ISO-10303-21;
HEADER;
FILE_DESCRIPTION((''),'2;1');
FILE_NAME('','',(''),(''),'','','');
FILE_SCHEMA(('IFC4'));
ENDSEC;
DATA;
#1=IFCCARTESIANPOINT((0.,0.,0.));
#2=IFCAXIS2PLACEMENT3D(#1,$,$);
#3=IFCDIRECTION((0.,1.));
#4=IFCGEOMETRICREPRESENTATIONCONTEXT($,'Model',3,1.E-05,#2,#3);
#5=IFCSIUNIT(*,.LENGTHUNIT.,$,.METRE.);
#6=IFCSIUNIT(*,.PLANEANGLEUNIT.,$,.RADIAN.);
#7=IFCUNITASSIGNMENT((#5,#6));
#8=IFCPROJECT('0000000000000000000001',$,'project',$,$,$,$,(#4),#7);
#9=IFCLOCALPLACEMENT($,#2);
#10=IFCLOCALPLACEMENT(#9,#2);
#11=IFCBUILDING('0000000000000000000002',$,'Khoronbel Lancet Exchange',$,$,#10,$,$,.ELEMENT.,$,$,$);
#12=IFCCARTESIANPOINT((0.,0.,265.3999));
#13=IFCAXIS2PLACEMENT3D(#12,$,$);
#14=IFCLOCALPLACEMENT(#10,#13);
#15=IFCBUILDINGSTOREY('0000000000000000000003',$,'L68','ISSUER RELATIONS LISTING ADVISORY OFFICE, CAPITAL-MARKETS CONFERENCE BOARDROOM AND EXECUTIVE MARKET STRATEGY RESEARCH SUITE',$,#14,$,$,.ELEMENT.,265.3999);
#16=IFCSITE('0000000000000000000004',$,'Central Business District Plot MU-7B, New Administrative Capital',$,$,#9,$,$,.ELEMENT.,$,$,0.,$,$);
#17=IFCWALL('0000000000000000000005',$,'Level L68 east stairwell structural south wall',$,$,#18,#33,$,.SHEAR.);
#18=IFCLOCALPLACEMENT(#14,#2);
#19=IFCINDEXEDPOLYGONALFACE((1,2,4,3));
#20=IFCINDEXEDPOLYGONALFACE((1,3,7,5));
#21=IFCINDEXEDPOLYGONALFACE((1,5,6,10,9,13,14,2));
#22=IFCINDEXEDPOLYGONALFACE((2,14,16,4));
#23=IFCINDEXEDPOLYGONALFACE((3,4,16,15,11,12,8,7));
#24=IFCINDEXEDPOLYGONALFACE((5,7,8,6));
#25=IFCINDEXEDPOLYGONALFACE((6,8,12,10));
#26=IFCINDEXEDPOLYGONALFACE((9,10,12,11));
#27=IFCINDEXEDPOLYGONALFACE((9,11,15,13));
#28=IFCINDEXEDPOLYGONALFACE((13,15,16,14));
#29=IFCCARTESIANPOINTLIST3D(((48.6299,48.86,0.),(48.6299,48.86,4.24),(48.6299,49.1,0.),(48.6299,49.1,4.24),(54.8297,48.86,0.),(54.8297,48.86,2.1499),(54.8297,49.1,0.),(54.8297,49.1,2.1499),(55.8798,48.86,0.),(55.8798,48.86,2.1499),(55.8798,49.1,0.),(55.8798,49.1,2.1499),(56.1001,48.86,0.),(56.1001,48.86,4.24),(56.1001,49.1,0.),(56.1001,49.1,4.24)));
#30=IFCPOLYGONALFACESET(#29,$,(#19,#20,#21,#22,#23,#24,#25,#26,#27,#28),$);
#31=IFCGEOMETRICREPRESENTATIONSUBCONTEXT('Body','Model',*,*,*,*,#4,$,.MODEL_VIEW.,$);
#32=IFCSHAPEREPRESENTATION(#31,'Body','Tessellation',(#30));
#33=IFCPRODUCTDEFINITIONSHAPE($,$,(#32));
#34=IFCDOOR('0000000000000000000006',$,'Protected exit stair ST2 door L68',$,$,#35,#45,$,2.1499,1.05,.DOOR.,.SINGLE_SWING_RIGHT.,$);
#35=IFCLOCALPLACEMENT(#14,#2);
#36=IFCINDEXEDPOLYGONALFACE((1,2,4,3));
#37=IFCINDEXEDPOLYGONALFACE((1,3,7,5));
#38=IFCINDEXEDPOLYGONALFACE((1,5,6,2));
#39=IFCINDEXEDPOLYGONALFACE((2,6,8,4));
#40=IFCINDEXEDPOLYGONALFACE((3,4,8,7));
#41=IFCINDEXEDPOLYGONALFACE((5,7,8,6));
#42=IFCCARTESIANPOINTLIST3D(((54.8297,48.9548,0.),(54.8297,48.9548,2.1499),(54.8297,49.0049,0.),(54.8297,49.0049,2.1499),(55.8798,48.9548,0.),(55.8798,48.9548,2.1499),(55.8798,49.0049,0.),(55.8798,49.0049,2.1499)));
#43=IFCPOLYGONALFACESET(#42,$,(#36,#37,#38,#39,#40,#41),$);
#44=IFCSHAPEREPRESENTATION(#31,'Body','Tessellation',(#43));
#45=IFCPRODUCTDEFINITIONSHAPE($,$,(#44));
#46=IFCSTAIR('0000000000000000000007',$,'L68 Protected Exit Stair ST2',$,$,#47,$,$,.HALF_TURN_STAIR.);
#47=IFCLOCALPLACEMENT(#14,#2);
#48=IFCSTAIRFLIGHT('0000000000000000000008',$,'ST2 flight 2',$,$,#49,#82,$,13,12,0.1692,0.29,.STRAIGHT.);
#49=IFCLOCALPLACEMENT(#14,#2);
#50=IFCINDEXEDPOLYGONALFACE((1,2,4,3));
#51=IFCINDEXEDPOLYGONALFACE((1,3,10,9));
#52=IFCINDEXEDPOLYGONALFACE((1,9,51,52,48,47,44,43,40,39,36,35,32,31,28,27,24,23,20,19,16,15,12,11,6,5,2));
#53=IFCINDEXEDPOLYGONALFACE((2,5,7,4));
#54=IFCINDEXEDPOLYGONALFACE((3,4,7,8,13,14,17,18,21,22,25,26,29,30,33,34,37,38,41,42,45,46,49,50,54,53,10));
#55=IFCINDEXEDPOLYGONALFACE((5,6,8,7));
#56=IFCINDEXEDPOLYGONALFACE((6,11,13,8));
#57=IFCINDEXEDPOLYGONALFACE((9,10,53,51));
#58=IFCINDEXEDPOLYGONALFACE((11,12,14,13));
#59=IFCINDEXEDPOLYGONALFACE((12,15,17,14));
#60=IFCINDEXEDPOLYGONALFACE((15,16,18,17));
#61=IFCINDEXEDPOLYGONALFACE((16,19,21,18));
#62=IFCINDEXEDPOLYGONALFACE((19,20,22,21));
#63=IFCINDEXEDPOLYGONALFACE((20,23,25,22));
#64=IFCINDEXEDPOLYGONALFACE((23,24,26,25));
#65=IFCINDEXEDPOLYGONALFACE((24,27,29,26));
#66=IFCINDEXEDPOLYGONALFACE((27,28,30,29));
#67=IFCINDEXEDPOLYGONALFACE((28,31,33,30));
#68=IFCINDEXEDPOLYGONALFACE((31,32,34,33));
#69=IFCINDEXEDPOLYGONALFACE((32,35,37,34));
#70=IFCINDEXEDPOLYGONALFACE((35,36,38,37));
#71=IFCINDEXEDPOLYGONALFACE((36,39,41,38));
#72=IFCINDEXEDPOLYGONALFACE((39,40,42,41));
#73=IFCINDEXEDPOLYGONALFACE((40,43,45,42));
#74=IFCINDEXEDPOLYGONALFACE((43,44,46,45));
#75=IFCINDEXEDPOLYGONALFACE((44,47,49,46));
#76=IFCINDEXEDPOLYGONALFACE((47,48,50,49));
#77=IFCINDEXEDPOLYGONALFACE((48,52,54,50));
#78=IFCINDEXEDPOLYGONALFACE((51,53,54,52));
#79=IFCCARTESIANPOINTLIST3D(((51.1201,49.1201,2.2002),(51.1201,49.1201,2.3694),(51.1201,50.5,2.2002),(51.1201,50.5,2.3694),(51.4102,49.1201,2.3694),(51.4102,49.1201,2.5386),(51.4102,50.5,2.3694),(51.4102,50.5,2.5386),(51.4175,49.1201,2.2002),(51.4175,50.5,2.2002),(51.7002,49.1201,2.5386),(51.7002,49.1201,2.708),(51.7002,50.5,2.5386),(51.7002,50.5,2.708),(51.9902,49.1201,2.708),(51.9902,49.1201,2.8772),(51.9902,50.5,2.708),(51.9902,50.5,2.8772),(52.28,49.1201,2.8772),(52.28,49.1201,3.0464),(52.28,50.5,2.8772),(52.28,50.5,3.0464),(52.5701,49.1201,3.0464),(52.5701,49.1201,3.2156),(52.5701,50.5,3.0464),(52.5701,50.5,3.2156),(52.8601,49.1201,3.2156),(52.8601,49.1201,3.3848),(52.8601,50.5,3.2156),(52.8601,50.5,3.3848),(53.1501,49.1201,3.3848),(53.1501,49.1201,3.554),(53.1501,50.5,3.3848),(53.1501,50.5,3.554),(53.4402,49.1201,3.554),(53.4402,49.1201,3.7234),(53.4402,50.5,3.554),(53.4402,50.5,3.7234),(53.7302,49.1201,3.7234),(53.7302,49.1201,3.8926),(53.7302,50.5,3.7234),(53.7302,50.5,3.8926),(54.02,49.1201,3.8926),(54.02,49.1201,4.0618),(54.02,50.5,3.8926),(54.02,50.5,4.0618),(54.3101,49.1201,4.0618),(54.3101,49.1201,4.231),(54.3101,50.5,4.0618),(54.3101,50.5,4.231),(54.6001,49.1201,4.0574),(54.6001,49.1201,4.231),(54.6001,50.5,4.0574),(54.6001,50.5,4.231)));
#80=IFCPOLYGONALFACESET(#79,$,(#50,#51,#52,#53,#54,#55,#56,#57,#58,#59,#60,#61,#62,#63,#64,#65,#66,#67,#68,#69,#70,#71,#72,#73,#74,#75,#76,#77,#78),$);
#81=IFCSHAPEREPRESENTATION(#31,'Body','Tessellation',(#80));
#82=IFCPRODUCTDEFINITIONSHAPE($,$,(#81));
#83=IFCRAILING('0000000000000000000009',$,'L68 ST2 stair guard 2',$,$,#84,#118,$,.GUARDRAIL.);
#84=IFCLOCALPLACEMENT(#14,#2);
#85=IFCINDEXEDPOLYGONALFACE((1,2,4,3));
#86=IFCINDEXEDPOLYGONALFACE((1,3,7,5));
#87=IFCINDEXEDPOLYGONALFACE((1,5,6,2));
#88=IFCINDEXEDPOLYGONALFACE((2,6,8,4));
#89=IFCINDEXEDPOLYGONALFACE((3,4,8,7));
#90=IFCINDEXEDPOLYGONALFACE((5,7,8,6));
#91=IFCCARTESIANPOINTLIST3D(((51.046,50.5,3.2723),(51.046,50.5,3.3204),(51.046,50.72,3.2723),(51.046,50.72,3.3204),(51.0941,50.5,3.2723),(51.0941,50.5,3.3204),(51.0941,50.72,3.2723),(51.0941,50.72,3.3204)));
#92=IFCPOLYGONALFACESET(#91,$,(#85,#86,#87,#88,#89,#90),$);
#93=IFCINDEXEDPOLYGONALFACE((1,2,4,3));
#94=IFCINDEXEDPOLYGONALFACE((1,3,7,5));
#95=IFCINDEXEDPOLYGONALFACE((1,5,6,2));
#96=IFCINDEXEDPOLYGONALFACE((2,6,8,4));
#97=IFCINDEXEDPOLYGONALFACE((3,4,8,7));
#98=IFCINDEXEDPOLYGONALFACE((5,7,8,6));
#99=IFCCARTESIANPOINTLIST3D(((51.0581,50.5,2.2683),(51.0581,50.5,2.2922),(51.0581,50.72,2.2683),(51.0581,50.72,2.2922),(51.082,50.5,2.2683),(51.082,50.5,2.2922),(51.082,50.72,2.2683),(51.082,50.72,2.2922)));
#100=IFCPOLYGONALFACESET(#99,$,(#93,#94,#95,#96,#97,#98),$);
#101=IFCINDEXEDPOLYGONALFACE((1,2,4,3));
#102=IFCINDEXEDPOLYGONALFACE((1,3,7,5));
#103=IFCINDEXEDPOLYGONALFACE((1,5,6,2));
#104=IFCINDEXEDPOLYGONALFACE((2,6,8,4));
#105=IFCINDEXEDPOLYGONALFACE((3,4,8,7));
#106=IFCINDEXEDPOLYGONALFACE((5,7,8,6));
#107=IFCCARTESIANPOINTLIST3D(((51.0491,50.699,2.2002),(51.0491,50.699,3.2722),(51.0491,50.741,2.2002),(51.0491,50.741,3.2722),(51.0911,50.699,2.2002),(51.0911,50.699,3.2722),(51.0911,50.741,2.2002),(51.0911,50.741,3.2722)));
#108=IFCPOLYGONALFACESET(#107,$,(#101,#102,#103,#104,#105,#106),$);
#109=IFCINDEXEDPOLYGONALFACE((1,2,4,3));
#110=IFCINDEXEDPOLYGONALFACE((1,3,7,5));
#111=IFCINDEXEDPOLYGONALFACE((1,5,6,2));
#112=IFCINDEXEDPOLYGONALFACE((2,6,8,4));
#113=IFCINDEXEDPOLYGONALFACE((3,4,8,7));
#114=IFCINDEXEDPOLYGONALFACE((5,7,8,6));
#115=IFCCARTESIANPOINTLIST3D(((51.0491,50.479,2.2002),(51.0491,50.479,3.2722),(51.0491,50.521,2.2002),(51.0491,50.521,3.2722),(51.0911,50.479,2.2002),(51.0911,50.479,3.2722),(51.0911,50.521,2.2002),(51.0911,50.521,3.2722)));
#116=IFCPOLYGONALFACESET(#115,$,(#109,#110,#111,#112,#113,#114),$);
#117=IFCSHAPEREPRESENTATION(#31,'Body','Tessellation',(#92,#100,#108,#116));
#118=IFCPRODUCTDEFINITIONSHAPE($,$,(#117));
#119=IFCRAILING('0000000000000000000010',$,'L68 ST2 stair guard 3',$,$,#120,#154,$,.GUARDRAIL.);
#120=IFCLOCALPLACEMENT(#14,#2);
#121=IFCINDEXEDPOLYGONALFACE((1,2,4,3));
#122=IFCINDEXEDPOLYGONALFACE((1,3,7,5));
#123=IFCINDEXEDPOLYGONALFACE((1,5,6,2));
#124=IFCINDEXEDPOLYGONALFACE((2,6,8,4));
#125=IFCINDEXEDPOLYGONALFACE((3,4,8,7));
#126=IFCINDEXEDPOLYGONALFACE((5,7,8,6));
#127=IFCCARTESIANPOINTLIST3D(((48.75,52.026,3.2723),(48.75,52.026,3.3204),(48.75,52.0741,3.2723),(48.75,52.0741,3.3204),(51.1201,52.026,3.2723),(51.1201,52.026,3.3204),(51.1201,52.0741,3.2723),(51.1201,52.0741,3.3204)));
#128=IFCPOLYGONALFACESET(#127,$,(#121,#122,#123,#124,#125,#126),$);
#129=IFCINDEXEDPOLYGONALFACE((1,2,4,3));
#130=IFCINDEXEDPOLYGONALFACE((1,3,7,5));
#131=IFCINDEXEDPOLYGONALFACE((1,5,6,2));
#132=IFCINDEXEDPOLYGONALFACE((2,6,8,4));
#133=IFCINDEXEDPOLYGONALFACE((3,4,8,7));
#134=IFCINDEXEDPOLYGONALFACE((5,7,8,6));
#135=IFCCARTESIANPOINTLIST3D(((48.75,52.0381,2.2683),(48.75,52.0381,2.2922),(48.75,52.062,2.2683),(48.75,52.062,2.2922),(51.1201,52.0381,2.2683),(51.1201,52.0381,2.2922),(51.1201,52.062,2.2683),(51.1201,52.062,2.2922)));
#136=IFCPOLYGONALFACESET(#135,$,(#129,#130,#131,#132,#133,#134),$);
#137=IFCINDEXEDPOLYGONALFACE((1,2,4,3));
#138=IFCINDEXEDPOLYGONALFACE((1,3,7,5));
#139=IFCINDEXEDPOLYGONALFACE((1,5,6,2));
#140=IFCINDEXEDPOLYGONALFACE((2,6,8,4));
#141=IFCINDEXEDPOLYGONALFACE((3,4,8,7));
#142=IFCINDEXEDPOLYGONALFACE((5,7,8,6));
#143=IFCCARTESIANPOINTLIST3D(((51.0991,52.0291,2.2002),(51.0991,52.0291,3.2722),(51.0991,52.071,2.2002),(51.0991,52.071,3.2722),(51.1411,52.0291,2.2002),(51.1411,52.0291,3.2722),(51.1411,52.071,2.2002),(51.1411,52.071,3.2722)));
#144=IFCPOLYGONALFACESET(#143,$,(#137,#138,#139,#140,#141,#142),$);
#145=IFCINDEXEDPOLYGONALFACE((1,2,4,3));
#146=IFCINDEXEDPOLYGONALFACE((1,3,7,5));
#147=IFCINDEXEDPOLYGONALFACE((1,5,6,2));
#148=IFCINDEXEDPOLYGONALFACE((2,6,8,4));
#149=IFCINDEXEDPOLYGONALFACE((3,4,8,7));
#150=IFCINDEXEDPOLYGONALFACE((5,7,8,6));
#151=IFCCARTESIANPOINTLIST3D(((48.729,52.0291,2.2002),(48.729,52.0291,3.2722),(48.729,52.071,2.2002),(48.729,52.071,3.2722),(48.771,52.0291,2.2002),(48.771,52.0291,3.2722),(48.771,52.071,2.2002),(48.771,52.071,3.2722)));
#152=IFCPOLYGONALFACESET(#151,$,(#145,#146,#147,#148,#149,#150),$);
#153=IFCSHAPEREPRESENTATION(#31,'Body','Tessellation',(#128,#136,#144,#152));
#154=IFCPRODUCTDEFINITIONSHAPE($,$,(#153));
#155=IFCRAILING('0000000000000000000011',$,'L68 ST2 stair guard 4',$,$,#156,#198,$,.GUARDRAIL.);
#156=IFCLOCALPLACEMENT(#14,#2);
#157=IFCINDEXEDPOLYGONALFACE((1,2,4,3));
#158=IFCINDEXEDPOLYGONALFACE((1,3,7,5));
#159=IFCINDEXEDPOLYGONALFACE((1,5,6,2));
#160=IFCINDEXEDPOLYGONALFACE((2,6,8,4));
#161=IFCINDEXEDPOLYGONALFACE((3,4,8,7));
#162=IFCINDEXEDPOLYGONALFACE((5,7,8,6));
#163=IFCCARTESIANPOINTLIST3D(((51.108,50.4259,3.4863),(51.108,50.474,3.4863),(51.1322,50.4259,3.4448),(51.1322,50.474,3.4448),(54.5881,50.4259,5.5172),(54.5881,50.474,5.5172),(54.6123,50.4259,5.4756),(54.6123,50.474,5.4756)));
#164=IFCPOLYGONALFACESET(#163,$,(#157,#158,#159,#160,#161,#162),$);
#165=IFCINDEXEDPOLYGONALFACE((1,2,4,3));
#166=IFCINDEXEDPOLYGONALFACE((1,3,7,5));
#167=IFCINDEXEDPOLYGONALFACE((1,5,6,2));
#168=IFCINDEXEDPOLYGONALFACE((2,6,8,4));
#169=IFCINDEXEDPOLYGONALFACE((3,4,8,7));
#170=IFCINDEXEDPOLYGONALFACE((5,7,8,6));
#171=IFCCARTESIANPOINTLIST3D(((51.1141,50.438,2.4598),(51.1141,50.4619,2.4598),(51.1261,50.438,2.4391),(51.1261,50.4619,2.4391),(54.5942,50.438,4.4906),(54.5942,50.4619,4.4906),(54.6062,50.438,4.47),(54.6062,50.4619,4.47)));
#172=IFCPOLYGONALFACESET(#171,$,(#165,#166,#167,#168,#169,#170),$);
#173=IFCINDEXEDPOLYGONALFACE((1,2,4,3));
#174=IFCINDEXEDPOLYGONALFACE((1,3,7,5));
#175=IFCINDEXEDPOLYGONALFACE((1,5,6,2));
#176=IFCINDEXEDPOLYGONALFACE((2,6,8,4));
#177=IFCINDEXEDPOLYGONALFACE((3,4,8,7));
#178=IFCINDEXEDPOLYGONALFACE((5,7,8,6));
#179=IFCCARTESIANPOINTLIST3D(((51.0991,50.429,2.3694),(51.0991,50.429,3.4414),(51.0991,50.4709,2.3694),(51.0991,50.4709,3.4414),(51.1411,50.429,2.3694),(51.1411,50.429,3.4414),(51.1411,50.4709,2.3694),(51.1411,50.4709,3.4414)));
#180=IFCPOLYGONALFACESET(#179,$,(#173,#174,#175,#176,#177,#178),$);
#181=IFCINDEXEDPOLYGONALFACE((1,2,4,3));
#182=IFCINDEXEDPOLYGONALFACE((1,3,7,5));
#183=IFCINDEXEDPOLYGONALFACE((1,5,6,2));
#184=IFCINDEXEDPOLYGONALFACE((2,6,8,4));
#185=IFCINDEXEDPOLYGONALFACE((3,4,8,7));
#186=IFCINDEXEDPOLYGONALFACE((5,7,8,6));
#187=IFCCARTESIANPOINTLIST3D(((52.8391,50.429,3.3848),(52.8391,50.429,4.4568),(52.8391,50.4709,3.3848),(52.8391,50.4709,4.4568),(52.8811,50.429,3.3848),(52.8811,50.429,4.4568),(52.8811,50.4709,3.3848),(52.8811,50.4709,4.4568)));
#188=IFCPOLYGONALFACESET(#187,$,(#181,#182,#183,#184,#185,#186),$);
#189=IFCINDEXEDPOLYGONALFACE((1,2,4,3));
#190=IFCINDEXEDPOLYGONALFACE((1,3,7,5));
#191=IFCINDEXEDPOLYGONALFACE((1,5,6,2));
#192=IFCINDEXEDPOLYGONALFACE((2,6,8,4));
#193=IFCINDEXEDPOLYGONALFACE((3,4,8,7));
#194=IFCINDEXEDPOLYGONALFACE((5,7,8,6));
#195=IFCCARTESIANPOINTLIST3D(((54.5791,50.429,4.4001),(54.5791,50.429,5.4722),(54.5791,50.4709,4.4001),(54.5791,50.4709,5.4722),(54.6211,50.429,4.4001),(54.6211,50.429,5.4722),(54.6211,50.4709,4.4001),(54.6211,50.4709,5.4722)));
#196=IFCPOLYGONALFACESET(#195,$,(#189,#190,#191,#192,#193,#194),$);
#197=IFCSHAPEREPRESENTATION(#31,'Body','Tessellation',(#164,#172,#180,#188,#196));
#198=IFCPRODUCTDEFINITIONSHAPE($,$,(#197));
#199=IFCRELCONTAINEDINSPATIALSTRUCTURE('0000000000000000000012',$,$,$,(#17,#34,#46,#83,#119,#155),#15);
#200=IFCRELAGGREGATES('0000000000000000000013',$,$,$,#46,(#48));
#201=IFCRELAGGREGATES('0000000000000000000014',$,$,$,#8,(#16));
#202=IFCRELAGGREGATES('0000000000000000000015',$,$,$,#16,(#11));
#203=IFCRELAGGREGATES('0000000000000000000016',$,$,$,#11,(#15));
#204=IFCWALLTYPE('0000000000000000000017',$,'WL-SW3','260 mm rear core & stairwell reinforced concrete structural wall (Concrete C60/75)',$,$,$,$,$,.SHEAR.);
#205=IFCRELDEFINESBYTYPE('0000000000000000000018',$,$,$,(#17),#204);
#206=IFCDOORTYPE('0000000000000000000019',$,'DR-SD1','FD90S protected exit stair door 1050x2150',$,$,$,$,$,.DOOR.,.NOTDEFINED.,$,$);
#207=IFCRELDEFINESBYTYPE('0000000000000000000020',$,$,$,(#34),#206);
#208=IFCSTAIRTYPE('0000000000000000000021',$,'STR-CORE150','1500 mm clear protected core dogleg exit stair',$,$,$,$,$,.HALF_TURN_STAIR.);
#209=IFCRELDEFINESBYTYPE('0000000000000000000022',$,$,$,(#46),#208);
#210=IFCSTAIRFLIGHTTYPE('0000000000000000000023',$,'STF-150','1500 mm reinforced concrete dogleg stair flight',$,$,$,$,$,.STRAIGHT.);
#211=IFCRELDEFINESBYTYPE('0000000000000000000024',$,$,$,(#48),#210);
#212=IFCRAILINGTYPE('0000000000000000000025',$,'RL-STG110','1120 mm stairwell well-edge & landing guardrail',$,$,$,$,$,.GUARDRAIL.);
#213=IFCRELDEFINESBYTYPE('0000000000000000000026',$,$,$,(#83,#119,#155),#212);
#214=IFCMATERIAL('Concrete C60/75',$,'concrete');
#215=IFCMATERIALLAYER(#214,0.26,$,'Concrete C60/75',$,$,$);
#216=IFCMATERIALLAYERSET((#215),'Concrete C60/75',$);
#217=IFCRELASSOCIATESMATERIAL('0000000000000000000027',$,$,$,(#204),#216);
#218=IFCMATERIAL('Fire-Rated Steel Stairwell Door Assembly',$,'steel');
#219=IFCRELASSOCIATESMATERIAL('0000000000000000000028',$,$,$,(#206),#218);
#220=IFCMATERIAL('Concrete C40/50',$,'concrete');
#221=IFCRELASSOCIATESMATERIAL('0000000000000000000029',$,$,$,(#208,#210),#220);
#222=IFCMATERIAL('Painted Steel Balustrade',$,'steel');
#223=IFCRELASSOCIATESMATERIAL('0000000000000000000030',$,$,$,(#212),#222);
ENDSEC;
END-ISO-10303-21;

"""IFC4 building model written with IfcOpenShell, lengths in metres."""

from ifc_helpers import new_model, si_unit, direction, frame, frame_2d, origin, origin_2d, place, context, subcontext, project, spatial, polyline, rectangle, outline, extrude, material, layer, layer_set, type_object, element, fill, aggregate, save


model = new_model("IFC4")

# Units and contexts
model_context = context("Model", 3, precision=1e-05, world=origin(), true_north=direction((0.0, 1.0)))
body_context = subcontext(model_context, "Body", "Model", "MODEL_VIEW")
ifc_project = project(units=[si_unit("LENGTHUNIT", "METRE"), si_unit("PLANEANGLEUNIT", "RADIAN")], contexts=[model_context])

# Site, building, storey
site_placement = place(None, origin())
site = spatial("IfcSite", under=ifc_project, at=site_placement, Name="Central Business District Plot MU-7B, New Administrative Capital", CompositionType="ELEMENT", RefElevation=0.0)
building_placement = place(site_placement, origin())
building = spatial("IfcBuilding", under=site, at=building_placement, Name="Khoronbel Lancet Exchange", CompositionType="ELEMENT")
storey_placement = place(building_placement, frame((0.0, 0.0, 265.3999)))
storey = spatial("IfcBuildingStorey", under=building, at=storey_placement, Name="L68", Description="ISSUER RELATIONS LISTING ADVISORY OFFICE, CAPITAL-MARKETS CONFERENCE BOARDROOM AND EXECUTIVE MARKET STRATEGY RESEARCH SUITE", CompositionType="ELEMENT", Elevation=265.3999)

# Shared definitions
ifc_material_1 = material(Name="Concrete C60/75", Category="concrete")

# Wall, opening, door
ifc_layer_1 = layer(ifc_material_1, 0.26, Name="Concrete C60/75")
ifc_layer_set_1 = layer_set([ifc_layer_1], Name="Concrete C60/75")
wall_type_1 = type_object("IfcWallType", Name="WL-SW3", Description="260 mm rear core & stairwell reinforced concrete structural wall (Concrete C60/75)", PredefinedType="SHEAR", material=ifc_layer_set_1)
wall_1_placement = place(storey_placement, frame((48.6299, 48.98, 0.0), z_axis=(0.0, 0.0, 1.0), x_axis=(1.0, 0.0, 0.0)))
wall_1 = element("IfcWall", 1, at=wall_1_placement, inside=storey, type_object=wall_type_1, Name="Level L68 east stairwell structural south wall", PredefinedType="SHEAR", context=body_context, shape_type="SweptSolid", body=[
    extrude(rectangle(XDim=7.4702, YDim=0.24, at=frame_2d((3.7351, 0.0))), origin(), (0.0, 0.0, 1.0), 4.24),
])
opening_1_placement = place(wall_1_placement, frame((6.2, 0.0, 0.0)))
opening_1 = element("IfcOpeningElement", 2, at=opening_1_placement, cuts=wall_1, PredefinedType="OPENING", context=body_context, shape_type="SweptSolid", body=[
    extrude(rectangle(XDim=1.05, YDim=2.1499, at=frame_2d((0.5249, 1.075))), frame((0.0, 0.1299, 0.0), z_axis=(0.0, -1.0, 0.0), x_axis=(1.0, 0.0, 0.0)), (0.0, 0.0, 1.0), 0.26),
])
ifc_material_2 = material(Name="Fire-Rated Steel Stairwell Door Assembly", Category="steel")
door_type_1 = type_object("IfcDoorType", Name="DR-SD1", Description="FD90S protected exit stair door 1050x2150", OperationType="NOTDEFINED", PredefinedType="DOOR", material=ifc_material_2)
door_1_placement = place(opening_1_placement, origin())
door_1 = element("IfcDoor", 3, at=door_1_placement, inside=storey, type_object=door_type_1, Name="Protected exit stair ST2 door L68", OperationType="SINGLE_SWING_RIGHT", OverallHeight=2.1499, OverallWidth=1.05, PredefinedType="DOOR", context=body_context, shape_type="SweptSolid", body=[
    extrude(rectangle(XDim=1.05, YDim=2.1499, at=frame_2d((0.5249, 1.075))), frame((0.0, 0.0249, 0.0), z_axis=(0.0, -1.0, 0.0), x_axis=(1.0, 0.0, 0.0)), (0.0, 0.0, 1.0), 0.05),
])
fill(opening_1, door_1)

# Stair, stair flight
ifc_material_3 = material(Name="Concrete C40/50", Category="concrete")
stair_type = type_object("IfcStairType", Name="STR-CORE150", Description="1500 mm clear protected core dogleg exit stair", PredefinedType="HALF_TURN_STAIR", material=ifc_material_3)
stair_placement = place(storey_placement, origin())
stair = element("IfcStair", 4, at=stair_placement, inside=storey, type_object=stair_type, Name="L68 Protected Exit Stair ST2", PredefinedType="HALF_TURN_STAIR")
stair_flight_type = type_object("IfcStairFlightType", Name="STF-150", Description="1500 mm reinforced concrete dogleg stair flight", PredefinedType="STRAIGHT", material=ifc_material_3)
stair_flight_placement = place(storey_placement, frame((51.1201, 49.8101, 2.2002), z_axis=(0.0, 0.0, 1.0), x_axis=(1.0, 0.0, 0.0)))
stair_flight = element("IfcStairFlight", 5, at=stair_flight_placement, type_object=stair_flight_type, Name="ST2 flight 2", NumberOfRisers=13, NumberOfTreads=12, PredefinedType="STRAIGHT", RiserHeight=0.1692, TreadLength=0.29, context=body_context, shape_type="SweptSolid", body=[
    extrude(outline(polyline([(0.0, 0.0), (0.0, 0.1692), (0.29, 0.1692), (0.29, 0.3384), (0.5801, 0.3384), (0.5801, 0.5078), (0.8701, 0.5078), (0.8701, 0.677), (1.1599, 0.677), (1.1599, 0.8462), (1.45, 0.8462), (1.45, 1.0154), (1.74, 1.0154), (1.74, 1.1846), (2.03, 1.1846), (2.03, 1.3538), (2.3201, 1.3538), (2.3201, 1.5232), (2.6101, 1.5232), (2.6101, 1.6924), (2.8999, 1.6924), (2.8999, 1.8616), (3.1899, 1.8616), (3.1899, 2.0308), (3.48, 2.0308), (3.48, 2.2), (3.48, 1.8572), (0.2974, 0.0), (0.0, 0.0)])), frame((0.0, 0.6899, 0.0), z_axis=(0.0, -1.0, 0.0), x_axis=(1.0, 0.0, 0.0)), (0.0, 0.0, 1.0), 1.3799),
])
aggregate(stair, [stair_flight])

# Railings
ifc_material_4 = material(Name="Painted Steel Balustrade", Category="steel")
railing_type_1 = type_object("IfcRailingType", Name="RL-STG110", Description="1120 mm stairwell well-edge & landing guardrail", PredefinedType="GUARDRAIL", material=ifc_material_4)
railing_1_placement = place(storey_placement, frame((51.0701, 50.72, 2.2002)))
element("IfcRailing", 6, at=railing_1_placement, inside=storey, type_object=railing_type_1, Name="L68 ST2 stair guard 2", PredefinedType="GUARDRAIL", context=body_context, shape_type="SweptSolid", body=[
    extrude(rectangle(XDim=0.0481, YDim=0.0481, at=origin_2d()), frame((0.0, 0.0, 1.0962), z_axis=(0.0, -1.0, 0.0), x_axis=(1.0, 0.0, 0.0)), (0.0, 0.0, 1.0), 0.22),
    extrude(rectangle(XDim=0.0239, YDim=0.0239, at=origin_2d()), frame((0.0, 0.0, 0.0801), z_axis=(0.0, -1.0, 0.0), x_axis=(1.0, 0.0, 0.0)), (0.0, 0.0, 1.0), 0.22),
    extrude(rectangle(XDim=0.042, YDim=0.042, at=origin_2d()), origin(), (0.0, 0.0, 1.0), 1.072),
    extrude(rectangle(XDim=0.042, YDim=0.042, at=origin_2d()), frame((0.0, -0.22, 0.0)), (0.0, 0.0, 1.0), 1.072),
])
railing_2_placement = place(storey_placement, frame((51.1201, 52.05, 2.2002)))
element("IfcRailing", 7, at=railing_2_placement, inside=storey, type_object=railing_type_1, Name="L68 ST2 stair guard 3", PredefinedType="GUARDRAIL", context=body_context, shape_type="SweptSolid", body=[
    extrude(rectangle(XDim=0.0481, YDim=0.0481, at=origin_2d()), frame((0.0, 0.0, 1.0962), z_axis=(-1.0, 0.0, 0.0), x_axis=(0.0, -1.0, 0.0)), (0.0, 0.0, 1.0), 2.3701),
    extrude(rectangle(XDim=0.0239, YDim=0.0239, at=origin_2d()), frame((0.0, 0.0, 0.0801), z_axis=(-1.0, 0.0, 0.0), x_axis=(0.0, -1.0, 0.0)), (0.0, 0.0, 1.0), 2.3701),
    extrude(rectangle(XDim=0.042, YDim=0.042, at=origin_2d()), origin(), (0.0, 0.0, 1.0), 1.072),
    extrude(rectangle(XDim=0.042, YDim=0.042, at=origin_2d()), frame((-2.3701, 0.0, 0.0)), (0.0, 0.0, 1.0), 1.072),
])
railing_3_placement = place(storey_placement, frame((51.1201, 50.45, 2.3694)))
element("IfcRailing", 8, at=railing_3_placement, inside=storey, type_object=railing_type_1, Name="L68 ST2 stair guard 4", PredefinedType="GUARDRAIL", context=body_context, shape_type="SweptSolid", body=[
    extrude(rectangle(XDim=0.0481, YDim=0.0481, at=origin_2d()), frame((0.0, 0.0, 1.0962), z_axis=(0.863695, 0.0, 0.504014), x_axis=(0.0, 1.0, 0.0)), (0.0, 0.0, 1.0), 4.0293),
    extrude(rectangle(XDim=0.0239, YDim=0.0239, at=origin_2d()), frame((0.0, 0.0, 0.0801), z_axis=(0.863695, 0.0, 0.504014), x_axis=(0.0, 1.0, 0.0)), (0.0, 0.0, 1.0), 4.0293),
    extrude(rectangle(XDim=0.042, YDim=0.042, at=origin_2d()), origin(), (0.0, 0.0, 1.0), 1.072),
    extrude(rectangle(XDim=0.042, YDim=0.042, at=origin_2d()), frame((1.74, 0.0, 1.0154)), (0.0, 0.0, 1.0), 1.072),
    extrude(rectangle(XDim=0.042, YDim=0.042, at=origin_2d()), frame((3.48, 0.0, 2.0308)), (0.0, 0.0, 1.0), 1.072),
])

save(model, "model.ifc")
